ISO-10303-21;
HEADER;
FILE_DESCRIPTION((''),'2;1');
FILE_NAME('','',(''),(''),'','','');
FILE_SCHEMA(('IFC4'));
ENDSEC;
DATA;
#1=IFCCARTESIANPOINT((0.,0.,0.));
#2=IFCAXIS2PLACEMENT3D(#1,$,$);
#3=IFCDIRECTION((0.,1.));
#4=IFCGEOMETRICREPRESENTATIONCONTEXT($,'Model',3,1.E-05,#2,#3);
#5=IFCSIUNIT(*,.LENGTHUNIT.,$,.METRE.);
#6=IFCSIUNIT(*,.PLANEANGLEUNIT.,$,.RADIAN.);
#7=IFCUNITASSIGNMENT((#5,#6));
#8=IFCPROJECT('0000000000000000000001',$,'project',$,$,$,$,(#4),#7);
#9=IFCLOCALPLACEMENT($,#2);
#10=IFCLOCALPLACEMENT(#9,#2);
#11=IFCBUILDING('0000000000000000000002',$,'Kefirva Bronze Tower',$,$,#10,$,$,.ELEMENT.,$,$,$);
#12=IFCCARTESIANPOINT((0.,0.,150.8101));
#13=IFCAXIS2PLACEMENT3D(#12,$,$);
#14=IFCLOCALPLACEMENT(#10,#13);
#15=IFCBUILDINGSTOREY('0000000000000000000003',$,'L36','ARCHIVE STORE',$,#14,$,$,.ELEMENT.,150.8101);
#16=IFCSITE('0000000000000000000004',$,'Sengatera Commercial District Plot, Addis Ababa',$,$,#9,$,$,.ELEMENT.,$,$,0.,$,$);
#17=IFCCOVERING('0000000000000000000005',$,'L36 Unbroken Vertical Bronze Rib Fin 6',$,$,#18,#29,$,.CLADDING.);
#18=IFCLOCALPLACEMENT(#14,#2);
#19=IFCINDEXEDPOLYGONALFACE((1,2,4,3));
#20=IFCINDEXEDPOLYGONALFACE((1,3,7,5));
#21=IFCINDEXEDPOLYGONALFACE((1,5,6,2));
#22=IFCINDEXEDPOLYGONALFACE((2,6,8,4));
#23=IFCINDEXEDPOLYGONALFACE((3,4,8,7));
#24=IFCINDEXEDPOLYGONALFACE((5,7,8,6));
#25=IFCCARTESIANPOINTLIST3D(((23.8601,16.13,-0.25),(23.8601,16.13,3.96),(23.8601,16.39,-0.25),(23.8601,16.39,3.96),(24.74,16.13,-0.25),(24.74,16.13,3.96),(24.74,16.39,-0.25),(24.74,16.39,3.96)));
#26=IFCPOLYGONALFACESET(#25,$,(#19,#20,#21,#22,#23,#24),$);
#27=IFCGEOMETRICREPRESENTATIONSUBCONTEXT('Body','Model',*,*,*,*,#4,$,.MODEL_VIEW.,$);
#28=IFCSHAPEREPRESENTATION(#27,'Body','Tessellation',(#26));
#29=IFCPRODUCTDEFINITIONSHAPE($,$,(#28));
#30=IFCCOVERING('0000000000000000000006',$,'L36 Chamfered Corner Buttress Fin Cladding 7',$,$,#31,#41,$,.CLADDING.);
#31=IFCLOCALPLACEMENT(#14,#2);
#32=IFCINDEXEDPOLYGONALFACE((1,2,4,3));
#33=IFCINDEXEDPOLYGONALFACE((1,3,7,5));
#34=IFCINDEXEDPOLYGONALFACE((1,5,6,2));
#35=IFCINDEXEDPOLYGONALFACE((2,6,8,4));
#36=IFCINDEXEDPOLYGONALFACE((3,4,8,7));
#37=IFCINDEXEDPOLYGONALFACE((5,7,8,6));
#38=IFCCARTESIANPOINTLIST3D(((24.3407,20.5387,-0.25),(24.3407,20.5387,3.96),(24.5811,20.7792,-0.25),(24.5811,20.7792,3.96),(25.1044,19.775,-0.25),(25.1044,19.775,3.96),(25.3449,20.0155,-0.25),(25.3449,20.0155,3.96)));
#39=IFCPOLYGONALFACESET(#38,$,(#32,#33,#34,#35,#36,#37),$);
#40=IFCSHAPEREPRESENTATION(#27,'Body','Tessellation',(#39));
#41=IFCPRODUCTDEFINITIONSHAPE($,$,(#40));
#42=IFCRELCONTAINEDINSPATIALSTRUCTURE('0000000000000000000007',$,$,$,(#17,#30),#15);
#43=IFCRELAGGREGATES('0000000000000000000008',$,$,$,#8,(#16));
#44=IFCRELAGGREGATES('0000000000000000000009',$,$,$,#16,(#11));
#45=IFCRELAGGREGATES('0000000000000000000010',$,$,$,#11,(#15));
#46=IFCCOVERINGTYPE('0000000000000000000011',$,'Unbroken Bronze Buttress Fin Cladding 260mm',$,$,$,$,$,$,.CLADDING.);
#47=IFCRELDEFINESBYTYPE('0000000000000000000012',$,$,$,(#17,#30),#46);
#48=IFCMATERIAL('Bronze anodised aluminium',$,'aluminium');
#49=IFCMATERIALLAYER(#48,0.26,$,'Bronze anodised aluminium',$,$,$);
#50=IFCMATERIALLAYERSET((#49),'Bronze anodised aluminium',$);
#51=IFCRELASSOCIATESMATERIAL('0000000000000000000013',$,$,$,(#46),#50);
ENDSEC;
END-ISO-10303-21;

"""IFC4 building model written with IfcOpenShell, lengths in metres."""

from ifc_helpers import new_model, si_unit, direction, frame, origin, origin_2d, place, context, subcontext, project, spatial, rectangle, extrude, material, layer, layer_set, type_object, element, save


model = new_model("IFC4")

# Units and contexts
model_context = context("Model", 3, precision=1e-05, world=origin(), true_north=direction((0.0, 1.0)))
body_context = subcontext(model_context, "Body", "Model", "MODEL_VIEW")
ifc_project = project(units=[si_unit("LENGTHUNIT", "METRE"), si_unit("PLANEANGLEUNIT", "RADIAN")], contexts=[model_context])

# Site, building, storey
site_placement = place(None, origin())
site = spatial("IfcSite", under=ifc_project, at=site_placement, Name="Sengatera Commercial District Plot, Addis Ababa", CompositionType="ELEMENT", RefElevation=0.0)
building_placement = place(site_placement, origin())
building = spatial("IfcBuilding", under=site, at=building_placement, Name="Kefirva Bronze Tower", CompositionType="ELEMENT")
storey_placement = place(building_placement, frame((0.0, 0.0, 150.8101)))
storey = spatial("IfcBuildingStorey", under=building, at=storey_placement, Name="L36", Description="ARCHIVE STORE", CompositionType="ELEMENT", Elevation=150.8101)

# Shared definitions
ifc_material_1 = material(Name="Bronze anodised aluminium", Category="aluminium")

# Coverings
ifc_layer_1 = layer(ifc_material_1, 0.26, Name="Bronze anodised aluminium")
ifc_layer_set_1 = layer_set([ifc_layer_1], Name="Bronze anodised aluminium")
covering_type_1 = type_object("IfcCoveringType", Name="Unbroken Bronze Buttress Fin Cladding 260mm", PredefinedType="CLADDING", material=ifc_layer_set_1)
covering_1_placement = place(storey_placement, frame((24.3, 16.26, -0.25), z_axis=(0.0, 0.0, 1.0), x_axis=(0.0, 1.0, 0.0)))
element("IfcCovering", 1, at=covering_1_placement, inside=storey, type_object=covering_type_1, Name="L36 Unbroken Vertical Bronze Rib Fin 6", PredefinedType="CLADDING", context=body_context, shape_type="SweptSolid", body=[
    extrude(rectangle(XDim=0.26, YDim=0.8799, at=origin_2d()), origin(), (0.0, 0.0, 1.0), 4.21),
])
covering_2_placement = place(storey_placement, frame((24.8428, 20.2771, -0.25), z_axis=(0.0, 0.0, 1.0), x_axis=(0.707107, 0.707107, 0.0)))
element("IfcCovering", 2, at=covering_2_placement, inside=storey, type_object=covering_type_1, Name="L36 Chamfered Corner Buttress Fin Cladding 7", PredefinedType="CLADDING", context=body_context, shape_type="SweptSolid", body=[
    extrude(rectangle(XDim=0.3401, YDim=1.0801, at=origin_2d()), origin(), (0.0, 0.0, 1.0), 4.21),
])

save(model, "model.ifc")
